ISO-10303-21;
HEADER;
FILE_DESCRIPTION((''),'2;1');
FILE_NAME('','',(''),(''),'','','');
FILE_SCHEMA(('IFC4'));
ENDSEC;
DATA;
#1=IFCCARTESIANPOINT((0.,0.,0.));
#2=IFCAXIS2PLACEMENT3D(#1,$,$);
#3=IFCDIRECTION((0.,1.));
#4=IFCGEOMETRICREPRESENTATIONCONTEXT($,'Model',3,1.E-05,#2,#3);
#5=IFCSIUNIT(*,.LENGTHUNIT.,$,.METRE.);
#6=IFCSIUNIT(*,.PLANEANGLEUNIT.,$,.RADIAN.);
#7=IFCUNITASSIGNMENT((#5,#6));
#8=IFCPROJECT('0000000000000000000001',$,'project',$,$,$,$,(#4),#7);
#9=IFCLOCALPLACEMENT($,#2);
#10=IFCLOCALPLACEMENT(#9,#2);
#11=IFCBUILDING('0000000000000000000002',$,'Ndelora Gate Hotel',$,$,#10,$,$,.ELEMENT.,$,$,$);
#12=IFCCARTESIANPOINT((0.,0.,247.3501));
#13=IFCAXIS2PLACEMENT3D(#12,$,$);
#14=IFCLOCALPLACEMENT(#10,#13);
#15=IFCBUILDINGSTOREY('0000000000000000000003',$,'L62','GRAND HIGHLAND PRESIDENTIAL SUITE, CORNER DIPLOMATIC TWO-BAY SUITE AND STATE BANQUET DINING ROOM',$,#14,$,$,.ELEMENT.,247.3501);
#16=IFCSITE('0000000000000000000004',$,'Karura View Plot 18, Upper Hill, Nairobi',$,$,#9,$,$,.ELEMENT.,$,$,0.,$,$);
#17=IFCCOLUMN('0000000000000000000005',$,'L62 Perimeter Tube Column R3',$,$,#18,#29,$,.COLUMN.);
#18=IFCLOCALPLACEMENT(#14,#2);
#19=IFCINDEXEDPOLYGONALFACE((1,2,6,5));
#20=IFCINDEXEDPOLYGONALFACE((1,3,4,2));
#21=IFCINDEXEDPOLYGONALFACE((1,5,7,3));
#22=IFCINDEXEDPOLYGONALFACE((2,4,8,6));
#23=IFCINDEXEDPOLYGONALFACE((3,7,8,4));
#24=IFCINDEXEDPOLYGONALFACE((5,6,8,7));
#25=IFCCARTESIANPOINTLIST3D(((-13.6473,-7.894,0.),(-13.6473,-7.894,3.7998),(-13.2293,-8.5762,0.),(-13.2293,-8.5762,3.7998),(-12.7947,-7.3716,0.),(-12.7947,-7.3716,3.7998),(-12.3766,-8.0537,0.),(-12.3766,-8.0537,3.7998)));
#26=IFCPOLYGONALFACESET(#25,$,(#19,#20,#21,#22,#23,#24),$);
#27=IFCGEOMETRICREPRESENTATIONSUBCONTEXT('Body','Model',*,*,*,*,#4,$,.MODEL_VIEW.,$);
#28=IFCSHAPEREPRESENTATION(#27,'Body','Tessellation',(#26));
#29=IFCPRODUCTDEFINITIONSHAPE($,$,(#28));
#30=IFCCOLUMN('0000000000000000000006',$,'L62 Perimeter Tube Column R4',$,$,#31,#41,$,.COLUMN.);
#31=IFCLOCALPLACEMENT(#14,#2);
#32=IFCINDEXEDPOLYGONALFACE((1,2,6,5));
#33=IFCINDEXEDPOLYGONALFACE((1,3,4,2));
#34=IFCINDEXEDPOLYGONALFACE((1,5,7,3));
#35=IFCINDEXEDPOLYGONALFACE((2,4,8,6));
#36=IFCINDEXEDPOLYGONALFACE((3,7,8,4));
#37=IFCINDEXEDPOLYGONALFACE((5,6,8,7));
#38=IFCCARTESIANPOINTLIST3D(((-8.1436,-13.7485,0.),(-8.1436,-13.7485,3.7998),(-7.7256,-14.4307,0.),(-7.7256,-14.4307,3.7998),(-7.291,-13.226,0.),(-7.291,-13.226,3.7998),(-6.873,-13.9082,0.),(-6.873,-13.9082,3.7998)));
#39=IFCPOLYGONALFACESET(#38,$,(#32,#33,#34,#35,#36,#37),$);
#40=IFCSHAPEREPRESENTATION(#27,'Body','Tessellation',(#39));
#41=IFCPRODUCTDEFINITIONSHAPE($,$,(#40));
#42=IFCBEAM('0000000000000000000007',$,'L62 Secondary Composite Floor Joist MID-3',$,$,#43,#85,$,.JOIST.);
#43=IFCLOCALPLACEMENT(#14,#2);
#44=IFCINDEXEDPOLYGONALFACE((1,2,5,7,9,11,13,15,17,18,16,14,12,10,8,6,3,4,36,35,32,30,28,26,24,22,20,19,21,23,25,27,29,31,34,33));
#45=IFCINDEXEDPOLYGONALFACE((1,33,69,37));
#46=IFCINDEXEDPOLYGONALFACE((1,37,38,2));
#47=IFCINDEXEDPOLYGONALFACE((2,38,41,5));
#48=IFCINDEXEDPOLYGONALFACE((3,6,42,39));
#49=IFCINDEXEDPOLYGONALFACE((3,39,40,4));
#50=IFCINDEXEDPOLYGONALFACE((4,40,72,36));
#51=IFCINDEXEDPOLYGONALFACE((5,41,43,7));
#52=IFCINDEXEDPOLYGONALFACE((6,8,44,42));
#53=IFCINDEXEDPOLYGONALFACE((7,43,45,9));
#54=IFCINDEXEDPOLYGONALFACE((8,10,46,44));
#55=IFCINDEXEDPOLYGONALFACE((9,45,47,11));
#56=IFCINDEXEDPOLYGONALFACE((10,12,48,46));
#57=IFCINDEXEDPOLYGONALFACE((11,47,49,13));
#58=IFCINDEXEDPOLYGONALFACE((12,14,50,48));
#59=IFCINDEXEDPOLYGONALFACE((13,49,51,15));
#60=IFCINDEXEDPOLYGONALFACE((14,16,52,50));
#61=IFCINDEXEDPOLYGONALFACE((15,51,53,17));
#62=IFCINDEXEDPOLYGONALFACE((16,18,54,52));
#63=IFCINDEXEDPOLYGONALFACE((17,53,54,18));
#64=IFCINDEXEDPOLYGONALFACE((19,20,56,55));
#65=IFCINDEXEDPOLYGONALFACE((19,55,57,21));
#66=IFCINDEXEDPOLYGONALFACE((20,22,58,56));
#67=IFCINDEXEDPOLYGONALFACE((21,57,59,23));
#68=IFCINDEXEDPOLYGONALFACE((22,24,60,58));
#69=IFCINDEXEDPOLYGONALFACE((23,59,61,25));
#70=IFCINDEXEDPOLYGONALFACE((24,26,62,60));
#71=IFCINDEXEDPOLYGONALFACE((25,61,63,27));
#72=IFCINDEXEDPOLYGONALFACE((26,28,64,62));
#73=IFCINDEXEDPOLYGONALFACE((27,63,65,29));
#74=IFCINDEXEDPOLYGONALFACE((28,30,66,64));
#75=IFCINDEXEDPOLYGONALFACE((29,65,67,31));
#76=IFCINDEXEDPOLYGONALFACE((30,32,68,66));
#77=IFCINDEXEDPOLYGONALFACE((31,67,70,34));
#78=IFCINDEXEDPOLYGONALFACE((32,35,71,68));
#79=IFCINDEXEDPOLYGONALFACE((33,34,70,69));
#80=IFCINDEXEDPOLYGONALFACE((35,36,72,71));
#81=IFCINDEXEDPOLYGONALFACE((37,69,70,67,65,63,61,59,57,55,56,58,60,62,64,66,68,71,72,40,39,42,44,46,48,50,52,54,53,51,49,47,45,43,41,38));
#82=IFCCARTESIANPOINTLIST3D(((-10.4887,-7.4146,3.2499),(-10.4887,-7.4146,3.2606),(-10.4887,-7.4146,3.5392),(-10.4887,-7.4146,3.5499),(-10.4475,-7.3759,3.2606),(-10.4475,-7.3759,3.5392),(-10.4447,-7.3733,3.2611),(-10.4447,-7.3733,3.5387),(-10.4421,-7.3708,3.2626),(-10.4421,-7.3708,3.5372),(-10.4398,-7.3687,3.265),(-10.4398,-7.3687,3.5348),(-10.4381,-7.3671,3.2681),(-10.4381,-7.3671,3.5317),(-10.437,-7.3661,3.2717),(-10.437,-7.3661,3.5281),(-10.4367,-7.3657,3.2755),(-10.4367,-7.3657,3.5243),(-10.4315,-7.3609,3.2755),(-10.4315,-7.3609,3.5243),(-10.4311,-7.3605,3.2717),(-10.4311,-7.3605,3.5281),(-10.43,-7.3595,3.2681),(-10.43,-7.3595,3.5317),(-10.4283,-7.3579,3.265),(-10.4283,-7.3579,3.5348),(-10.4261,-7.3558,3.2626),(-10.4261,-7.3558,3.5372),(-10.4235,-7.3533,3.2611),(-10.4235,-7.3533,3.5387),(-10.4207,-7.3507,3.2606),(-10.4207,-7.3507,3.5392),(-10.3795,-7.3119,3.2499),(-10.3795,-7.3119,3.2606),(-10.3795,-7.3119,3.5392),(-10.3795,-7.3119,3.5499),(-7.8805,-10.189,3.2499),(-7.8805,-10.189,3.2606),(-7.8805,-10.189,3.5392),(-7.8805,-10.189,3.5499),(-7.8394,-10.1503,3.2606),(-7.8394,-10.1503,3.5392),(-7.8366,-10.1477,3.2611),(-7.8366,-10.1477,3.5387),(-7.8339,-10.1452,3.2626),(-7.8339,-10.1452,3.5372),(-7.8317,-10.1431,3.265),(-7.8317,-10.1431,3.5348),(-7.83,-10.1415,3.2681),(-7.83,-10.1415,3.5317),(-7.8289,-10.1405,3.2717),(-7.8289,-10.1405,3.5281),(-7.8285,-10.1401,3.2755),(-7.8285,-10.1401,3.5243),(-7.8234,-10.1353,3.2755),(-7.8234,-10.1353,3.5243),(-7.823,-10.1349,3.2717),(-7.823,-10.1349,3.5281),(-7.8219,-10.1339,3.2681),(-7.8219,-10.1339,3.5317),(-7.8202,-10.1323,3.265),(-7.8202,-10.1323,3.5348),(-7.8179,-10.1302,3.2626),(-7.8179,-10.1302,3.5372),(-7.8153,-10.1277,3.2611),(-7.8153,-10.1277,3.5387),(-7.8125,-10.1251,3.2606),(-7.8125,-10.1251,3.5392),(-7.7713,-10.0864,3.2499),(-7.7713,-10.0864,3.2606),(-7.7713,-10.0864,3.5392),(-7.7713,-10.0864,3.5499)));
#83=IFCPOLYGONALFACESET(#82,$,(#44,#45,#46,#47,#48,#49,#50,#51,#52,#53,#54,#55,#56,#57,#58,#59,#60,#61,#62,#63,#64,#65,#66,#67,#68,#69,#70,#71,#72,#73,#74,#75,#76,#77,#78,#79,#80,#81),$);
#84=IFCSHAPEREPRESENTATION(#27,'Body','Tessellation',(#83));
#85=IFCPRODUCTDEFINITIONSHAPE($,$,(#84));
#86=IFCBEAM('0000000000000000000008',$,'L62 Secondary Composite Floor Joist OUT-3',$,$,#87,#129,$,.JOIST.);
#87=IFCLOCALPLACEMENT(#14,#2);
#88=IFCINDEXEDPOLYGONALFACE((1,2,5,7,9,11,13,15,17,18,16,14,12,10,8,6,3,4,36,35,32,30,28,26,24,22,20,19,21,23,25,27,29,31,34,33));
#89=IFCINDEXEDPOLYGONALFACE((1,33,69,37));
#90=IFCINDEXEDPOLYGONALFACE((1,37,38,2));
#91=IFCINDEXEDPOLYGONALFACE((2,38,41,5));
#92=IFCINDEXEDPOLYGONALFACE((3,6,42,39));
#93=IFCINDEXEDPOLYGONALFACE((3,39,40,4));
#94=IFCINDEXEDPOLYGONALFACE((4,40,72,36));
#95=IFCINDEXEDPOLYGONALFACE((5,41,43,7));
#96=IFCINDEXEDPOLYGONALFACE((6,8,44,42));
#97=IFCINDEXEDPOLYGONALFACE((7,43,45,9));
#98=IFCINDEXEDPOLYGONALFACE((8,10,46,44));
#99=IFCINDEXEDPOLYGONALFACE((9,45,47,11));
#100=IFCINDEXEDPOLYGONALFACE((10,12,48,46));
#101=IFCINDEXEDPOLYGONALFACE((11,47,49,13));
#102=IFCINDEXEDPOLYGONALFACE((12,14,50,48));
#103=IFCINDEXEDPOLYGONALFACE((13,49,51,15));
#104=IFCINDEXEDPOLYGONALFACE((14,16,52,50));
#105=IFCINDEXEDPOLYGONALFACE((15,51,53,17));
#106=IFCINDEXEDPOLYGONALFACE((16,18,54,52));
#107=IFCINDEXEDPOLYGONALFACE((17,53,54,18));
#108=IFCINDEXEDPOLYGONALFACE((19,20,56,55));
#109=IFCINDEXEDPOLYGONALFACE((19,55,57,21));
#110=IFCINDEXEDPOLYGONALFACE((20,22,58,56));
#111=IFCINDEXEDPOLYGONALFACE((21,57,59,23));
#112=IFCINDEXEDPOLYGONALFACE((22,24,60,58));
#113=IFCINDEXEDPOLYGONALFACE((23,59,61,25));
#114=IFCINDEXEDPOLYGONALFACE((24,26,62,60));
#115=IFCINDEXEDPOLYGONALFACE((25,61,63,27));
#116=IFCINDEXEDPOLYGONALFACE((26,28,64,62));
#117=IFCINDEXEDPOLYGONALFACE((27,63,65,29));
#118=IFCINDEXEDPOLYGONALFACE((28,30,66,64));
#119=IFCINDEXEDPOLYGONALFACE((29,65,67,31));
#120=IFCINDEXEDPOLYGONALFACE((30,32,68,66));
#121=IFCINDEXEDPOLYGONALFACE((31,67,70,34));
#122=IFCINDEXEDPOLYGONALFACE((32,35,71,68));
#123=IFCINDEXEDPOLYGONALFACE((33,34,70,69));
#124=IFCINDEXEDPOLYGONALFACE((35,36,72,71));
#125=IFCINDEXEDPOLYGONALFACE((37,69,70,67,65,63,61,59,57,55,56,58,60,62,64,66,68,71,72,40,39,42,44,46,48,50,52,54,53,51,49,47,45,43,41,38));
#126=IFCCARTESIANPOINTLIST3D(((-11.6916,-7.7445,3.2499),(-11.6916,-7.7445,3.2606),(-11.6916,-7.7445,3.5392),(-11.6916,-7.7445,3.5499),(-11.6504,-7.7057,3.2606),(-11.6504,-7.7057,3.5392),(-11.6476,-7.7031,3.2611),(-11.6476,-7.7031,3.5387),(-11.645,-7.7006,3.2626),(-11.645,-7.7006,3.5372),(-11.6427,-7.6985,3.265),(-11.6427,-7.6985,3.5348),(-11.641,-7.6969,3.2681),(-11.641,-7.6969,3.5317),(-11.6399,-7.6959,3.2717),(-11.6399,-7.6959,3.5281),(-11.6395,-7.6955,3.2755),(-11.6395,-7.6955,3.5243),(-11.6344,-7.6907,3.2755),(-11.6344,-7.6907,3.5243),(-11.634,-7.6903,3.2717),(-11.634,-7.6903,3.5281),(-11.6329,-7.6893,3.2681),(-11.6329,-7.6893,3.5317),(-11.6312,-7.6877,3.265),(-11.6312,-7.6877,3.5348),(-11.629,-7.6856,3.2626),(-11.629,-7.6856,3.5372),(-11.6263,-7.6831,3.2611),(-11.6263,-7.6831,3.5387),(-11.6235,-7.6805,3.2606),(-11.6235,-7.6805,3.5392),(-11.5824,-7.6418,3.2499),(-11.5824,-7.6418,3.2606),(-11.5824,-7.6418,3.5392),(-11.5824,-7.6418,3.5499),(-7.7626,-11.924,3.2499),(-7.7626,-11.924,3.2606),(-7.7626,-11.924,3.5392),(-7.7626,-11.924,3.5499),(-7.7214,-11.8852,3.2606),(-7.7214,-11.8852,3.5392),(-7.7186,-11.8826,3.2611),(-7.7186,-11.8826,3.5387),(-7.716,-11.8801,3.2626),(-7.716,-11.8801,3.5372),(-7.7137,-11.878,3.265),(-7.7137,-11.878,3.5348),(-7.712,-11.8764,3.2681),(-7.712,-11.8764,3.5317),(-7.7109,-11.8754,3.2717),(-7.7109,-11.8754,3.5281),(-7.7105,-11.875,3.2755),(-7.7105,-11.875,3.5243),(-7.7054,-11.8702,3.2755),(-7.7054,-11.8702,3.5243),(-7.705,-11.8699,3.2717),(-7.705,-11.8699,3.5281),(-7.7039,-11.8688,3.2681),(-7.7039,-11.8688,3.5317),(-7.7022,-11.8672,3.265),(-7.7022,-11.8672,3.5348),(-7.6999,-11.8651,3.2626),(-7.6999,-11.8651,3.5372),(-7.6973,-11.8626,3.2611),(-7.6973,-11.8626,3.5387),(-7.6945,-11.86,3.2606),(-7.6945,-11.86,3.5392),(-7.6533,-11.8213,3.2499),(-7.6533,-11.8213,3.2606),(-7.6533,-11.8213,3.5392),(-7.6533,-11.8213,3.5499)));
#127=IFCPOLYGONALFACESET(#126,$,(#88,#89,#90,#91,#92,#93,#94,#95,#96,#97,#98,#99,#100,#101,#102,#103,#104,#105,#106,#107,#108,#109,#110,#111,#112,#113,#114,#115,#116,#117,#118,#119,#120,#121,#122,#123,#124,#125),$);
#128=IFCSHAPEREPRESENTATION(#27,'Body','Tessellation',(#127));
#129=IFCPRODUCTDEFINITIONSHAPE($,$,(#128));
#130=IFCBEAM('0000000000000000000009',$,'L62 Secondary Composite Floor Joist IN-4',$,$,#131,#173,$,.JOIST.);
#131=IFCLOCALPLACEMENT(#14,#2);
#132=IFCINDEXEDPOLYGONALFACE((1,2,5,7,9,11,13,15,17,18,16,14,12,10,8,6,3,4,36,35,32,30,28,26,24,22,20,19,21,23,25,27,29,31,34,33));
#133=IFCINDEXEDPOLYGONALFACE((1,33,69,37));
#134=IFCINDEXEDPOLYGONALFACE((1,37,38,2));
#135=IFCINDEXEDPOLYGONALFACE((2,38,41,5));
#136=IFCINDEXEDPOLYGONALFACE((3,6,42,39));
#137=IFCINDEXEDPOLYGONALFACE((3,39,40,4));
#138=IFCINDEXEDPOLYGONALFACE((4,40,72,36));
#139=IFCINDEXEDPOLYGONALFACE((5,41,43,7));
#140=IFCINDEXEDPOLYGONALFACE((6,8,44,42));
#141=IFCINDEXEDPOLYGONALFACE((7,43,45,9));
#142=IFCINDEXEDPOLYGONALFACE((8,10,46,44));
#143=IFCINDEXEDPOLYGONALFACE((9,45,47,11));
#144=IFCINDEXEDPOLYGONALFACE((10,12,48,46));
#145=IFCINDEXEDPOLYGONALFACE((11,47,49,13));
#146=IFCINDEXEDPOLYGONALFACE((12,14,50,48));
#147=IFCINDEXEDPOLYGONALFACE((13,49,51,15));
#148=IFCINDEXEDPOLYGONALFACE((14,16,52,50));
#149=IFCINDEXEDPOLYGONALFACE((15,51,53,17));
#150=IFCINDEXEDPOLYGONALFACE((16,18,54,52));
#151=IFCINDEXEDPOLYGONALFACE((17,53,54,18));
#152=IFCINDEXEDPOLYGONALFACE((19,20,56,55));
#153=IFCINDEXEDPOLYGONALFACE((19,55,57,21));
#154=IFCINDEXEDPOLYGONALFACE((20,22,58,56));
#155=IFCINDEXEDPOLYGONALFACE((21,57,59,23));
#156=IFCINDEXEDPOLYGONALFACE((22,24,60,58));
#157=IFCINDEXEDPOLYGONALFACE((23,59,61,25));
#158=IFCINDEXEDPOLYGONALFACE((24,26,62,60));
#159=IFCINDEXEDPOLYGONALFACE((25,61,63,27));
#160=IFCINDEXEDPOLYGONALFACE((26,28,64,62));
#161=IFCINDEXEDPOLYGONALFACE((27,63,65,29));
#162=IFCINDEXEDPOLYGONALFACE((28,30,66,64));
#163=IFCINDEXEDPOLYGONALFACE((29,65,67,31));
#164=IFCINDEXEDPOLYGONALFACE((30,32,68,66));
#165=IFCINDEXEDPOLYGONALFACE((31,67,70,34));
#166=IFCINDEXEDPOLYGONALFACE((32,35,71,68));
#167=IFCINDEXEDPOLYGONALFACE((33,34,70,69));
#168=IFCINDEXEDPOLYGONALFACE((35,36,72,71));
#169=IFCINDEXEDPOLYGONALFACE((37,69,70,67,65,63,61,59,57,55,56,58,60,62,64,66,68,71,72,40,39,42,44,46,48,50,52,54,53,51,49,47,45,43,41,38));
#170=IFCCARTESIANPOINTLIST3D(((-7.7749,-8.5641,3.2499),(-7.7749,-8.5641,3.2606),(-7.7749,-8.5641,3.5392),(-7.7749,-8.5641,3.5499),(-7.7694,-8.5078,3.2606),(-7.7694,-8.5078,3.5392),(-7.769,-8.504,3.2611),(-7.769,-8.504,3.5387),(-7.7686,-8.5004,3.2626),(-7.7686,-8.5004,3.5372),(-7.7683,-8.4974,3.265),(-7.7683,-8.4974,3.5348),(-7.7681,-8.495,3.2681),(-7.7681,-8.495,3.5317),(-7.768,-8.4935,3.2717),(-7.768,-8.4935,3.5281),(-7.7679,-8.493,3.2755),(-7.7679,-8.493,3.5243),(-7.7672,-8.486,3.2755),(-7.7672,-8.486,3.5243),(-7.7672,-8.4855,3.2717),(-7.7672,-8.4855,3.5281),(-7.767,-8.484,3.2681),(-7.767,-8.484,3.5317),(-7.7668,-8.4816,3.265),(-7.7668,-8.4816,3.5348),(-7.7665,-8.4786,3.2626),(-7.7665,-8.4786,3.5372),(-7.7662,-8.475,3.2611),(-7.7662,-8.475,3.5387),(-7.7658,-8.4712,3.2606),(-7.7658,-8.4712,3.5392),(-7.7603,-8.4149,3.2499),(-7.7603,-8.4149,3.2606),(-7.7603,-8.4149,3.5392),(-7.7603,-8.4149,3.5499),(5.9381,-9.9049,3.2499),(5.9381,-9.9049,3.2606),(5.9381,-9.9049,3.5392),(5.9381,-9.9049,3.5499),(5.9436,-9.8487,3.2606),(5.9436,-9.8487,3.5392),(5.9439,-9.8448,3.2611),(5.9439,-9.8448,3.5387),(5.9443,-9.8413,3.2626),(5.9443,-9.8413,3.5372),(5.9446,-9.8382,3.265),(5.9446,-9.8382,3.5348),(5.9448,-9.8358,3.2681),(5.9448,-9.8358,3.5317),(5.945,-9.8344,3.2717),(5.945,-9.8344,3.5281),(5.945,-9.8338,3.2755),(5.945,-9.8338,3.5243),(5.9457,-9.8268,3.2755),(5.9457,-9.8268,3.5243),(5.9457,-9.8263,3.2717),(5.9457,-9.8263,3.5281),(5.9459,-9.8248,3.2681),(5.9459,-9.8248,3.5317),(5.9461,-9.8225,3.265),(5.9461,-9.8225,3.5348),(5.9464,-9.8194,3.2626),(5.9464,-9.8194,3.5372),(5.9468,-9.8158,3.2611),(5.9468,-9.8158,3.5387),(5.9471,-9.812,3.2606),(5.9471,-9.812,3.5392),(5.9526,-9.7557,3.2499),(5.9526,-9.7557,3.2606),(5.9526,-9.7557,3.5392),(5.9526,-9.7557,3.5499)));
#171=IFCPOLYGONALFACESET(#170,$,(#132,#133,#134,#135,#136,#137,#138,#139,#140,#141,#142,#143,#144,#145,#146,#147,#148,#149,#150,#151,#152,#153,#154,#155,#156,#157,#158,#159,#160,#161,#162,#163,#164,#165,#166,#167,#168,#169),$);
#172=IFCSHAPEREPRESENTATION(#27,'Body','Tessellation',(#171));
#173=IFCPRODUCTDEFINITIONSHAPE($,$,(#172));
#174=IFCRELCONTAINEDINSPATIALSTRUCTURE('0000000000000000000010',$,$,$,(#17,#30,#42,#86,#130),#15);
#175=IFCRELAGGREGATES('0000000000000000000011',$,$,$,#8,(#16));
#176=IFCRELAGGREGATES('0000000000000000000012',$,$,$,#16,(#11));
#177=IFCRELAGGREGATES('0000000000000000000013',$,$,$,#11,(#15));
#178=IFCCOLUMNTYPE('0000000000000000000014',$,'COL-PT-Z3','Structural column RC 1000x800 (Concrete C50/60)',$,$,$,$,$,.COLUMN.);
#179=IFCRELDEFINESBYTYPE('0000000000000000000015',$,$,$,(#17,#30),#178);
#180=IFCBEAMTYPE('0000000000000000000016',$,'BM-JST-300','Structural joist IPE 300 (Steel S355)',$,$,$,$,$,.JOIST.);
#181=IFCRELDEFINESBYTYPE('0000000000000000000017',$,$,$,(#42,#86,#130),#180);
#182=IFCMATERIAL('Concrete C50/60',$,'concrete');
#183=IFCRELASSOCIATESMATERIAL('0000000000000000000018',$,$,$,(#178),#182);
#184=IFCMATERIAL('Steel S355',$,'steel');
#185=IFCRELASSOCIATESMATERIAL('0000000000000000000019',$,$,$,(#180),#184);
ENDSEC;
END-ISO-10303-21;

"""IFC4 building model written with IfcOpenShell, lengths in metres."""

from ifc_helpers import new_model, si_unit, direction, frame, origin, origin_2d, place, context, subcontext, project, spatial, rectangle, i_section, extrude, material, material_profile, profile_set, type_object, element, save


model = new_model("IFC4")

# Units and contexts
model_context = context("Model", 3, precision=1e-05, world=origin(), true_north=direction((0.0, 1.0)))
body_context = subcontext(model_context, "Body", "Model", "MODEL_VIEW")
ifc_project = project(units=[si_unit("LENGTHUNIT", "METRE"), si_unit("PLANEANGLEUNIT", "RADIAN")], contexts=[model_context])

# Site, building, storey
site_placement = place(None, origin())
site = spatial("IfcSite", under=ifc_project, at=site_placement, Name="Karura View Plot 18, Upper Hill, Nairobi", CompositionType="ELEMENT", RefElevation=0.0)
building_placement = place(site_placement, origin())
building = spatial("IfcBuilding", under=site, at=building_placement, Name="Ndelora Gate Hotel", CompositionType="ELEMENT")
storey_placement = place(building_placement, frame((0.0, 0.0, 247.3501)))
storey = spatial("IfcBuildingStorey", under=building, at=storey_placement, Name="L62", Description="GRAND HIGHLAND PRESIDENTIAL SUITE, CORNER DIPLOMATIC TWO-BAY SUITE AND STATE BANQUET DINING ROOM", CompositionType="ELEMENT", Elevation=247.3501)

# Columns
ifc_material_1 = material(Name="Concrete C50/60", Category="concrete")
ifc_material_profile_1 = material_profile(ifc_material_1, rectangle(XDim=0.8, YDim=1.0, at=origin_2d()), Name="RC 1000x800")
ifc_profile_set_1 = profile_set([ifc_material_profile_1], Name="Concrete C50/60")
column_type = type_object("IfcColumnType", Name="COL-PT-Z3", Description="Structural column RC 1000x800 (Concrete C50/60)", PredefinedType="COLUMN", material=ifc_profile_set_1)
for number, where, z_axis, x_axis, name in (
    (1, (-13.012, -7.9739, 0.0), (0.0, 0.0, 1.0), (-0.522499, 0.85264, 0.0), "L62 Perimeter Tube Column R3"),
    (2, (-7.5083, -13.8284, 0.0), (0.0, 0.0, 1.0), (-0.522499, 0.85264, 0.0), "L62 Perimeter Tube Column R4"),
):
    element("IfcColumn", number, at=place(storey_placement, frame(where, z_axis=z_axis, x_axis=x_axis)), inside=storey, type_object=column_type, Name=name, PredefinedType="COLUMN", context=body_context, shape_type="SweptSolid", body=[
        extrude(rectangle(XDim=0.8, YDim=1.0, at=origin_2d()), origin(), (0.0, 0.0, 1.0), 3.7998),
    ])

# Beams
ifc_material_2 = material(Name="Steel S355", Category="steel")
ifc_material_profile_2 = material_profile(ifc_material_2, i_section(OverallWidth=0.1499, OverallDepth=0.3, WebThickness=0.0071, FlangeThickness=0.0107, FilletRadius=0.0149, at=origin_2d()), Name="IPE 300")
ifc_profile_set_2 = profile_set([ifc_material_profile_2], Name="Steel S355")
beam_type_1 = type_object("IfcBeamType", Name="BM-JST-300", Description="Structural joist IPE 300 (Steel S355)", PredefinedType="JOIST", material=ifc_profile_set_2)
beam_1_placement = place(storey_placement, frame((-10.4341, -7.3633, 3.3999), z_axis=(0.684939, -0.728601, 0.0), x_axis=(0.728601, 0.684939, 0.0)))
element("IfcBeam", 3, at=beam_1_placement, inside=storey, type_object=beam_type_1, Name="L62 Secondary Composite Floor Joist MID-3", PredefinedType="JOIST", context=body_context, shape_type="SweptSolid", body=[
    extrude(i_section(OverallWidth=0.1499, OverallDepth=0.3, WebThickness=0.0071, FlangeThickness=0.0107, FilletRadius=0.0149, at=origin_2d()), origin(), (0.0, 0.0, 1.0), 3.8079),
])
beam_2_placement = place(storey_placement, frame((-11.637, -7.6931, 3.3999), z_axis=(0.684936, -0.728603, 0.0), x_axis=(0.728603, 0.684936, 0.0)))
element("IfcBeam", 4, at=beam_2_placement, inside=storey, type_object=beam_type_1, Name="L62 Secondary Composite Floor Joist OUT-3", PredefinedType="JOIST", context=body_context, shape_type="SweptSolid", body=[
    extrude(i_section(OverallWidth=0.1499, OverallDepth=0.3, WebThickness=0.0071, FlangeThickness=0.0107, FilletRadius=0.0149, at=origin_2d()), origin(), (0.0, 0.0, 1.0), 5.7363),
])
beam_3_placement = place(storey_placement, frame((-7.7676, -8.4895, 3.3999), z_axis=(0.995254, -0.097314, 0.0), x_axis=(0.097314, 0.995254, 0.0)))
element("IfcBeam", 5, at=beam_3_placement, inside=storey, type_object=beam_type_1, Name="L62 Secondary Composite Floor Joist IN-4", PredefinedType="JOIST", context=body_context, shape_type="SweptSolid", body=[
    extrude(i_section(OverallWidth=0.1499, OverallDepth=0.3, WebThickness=0.0071, FlangeThickness=0.0107, FilletRadius=0.0149, at=origin_2d()), origin(), (0.0, 0.0, 1.0), 13.7783),
])

save(model, "model.ifc")
